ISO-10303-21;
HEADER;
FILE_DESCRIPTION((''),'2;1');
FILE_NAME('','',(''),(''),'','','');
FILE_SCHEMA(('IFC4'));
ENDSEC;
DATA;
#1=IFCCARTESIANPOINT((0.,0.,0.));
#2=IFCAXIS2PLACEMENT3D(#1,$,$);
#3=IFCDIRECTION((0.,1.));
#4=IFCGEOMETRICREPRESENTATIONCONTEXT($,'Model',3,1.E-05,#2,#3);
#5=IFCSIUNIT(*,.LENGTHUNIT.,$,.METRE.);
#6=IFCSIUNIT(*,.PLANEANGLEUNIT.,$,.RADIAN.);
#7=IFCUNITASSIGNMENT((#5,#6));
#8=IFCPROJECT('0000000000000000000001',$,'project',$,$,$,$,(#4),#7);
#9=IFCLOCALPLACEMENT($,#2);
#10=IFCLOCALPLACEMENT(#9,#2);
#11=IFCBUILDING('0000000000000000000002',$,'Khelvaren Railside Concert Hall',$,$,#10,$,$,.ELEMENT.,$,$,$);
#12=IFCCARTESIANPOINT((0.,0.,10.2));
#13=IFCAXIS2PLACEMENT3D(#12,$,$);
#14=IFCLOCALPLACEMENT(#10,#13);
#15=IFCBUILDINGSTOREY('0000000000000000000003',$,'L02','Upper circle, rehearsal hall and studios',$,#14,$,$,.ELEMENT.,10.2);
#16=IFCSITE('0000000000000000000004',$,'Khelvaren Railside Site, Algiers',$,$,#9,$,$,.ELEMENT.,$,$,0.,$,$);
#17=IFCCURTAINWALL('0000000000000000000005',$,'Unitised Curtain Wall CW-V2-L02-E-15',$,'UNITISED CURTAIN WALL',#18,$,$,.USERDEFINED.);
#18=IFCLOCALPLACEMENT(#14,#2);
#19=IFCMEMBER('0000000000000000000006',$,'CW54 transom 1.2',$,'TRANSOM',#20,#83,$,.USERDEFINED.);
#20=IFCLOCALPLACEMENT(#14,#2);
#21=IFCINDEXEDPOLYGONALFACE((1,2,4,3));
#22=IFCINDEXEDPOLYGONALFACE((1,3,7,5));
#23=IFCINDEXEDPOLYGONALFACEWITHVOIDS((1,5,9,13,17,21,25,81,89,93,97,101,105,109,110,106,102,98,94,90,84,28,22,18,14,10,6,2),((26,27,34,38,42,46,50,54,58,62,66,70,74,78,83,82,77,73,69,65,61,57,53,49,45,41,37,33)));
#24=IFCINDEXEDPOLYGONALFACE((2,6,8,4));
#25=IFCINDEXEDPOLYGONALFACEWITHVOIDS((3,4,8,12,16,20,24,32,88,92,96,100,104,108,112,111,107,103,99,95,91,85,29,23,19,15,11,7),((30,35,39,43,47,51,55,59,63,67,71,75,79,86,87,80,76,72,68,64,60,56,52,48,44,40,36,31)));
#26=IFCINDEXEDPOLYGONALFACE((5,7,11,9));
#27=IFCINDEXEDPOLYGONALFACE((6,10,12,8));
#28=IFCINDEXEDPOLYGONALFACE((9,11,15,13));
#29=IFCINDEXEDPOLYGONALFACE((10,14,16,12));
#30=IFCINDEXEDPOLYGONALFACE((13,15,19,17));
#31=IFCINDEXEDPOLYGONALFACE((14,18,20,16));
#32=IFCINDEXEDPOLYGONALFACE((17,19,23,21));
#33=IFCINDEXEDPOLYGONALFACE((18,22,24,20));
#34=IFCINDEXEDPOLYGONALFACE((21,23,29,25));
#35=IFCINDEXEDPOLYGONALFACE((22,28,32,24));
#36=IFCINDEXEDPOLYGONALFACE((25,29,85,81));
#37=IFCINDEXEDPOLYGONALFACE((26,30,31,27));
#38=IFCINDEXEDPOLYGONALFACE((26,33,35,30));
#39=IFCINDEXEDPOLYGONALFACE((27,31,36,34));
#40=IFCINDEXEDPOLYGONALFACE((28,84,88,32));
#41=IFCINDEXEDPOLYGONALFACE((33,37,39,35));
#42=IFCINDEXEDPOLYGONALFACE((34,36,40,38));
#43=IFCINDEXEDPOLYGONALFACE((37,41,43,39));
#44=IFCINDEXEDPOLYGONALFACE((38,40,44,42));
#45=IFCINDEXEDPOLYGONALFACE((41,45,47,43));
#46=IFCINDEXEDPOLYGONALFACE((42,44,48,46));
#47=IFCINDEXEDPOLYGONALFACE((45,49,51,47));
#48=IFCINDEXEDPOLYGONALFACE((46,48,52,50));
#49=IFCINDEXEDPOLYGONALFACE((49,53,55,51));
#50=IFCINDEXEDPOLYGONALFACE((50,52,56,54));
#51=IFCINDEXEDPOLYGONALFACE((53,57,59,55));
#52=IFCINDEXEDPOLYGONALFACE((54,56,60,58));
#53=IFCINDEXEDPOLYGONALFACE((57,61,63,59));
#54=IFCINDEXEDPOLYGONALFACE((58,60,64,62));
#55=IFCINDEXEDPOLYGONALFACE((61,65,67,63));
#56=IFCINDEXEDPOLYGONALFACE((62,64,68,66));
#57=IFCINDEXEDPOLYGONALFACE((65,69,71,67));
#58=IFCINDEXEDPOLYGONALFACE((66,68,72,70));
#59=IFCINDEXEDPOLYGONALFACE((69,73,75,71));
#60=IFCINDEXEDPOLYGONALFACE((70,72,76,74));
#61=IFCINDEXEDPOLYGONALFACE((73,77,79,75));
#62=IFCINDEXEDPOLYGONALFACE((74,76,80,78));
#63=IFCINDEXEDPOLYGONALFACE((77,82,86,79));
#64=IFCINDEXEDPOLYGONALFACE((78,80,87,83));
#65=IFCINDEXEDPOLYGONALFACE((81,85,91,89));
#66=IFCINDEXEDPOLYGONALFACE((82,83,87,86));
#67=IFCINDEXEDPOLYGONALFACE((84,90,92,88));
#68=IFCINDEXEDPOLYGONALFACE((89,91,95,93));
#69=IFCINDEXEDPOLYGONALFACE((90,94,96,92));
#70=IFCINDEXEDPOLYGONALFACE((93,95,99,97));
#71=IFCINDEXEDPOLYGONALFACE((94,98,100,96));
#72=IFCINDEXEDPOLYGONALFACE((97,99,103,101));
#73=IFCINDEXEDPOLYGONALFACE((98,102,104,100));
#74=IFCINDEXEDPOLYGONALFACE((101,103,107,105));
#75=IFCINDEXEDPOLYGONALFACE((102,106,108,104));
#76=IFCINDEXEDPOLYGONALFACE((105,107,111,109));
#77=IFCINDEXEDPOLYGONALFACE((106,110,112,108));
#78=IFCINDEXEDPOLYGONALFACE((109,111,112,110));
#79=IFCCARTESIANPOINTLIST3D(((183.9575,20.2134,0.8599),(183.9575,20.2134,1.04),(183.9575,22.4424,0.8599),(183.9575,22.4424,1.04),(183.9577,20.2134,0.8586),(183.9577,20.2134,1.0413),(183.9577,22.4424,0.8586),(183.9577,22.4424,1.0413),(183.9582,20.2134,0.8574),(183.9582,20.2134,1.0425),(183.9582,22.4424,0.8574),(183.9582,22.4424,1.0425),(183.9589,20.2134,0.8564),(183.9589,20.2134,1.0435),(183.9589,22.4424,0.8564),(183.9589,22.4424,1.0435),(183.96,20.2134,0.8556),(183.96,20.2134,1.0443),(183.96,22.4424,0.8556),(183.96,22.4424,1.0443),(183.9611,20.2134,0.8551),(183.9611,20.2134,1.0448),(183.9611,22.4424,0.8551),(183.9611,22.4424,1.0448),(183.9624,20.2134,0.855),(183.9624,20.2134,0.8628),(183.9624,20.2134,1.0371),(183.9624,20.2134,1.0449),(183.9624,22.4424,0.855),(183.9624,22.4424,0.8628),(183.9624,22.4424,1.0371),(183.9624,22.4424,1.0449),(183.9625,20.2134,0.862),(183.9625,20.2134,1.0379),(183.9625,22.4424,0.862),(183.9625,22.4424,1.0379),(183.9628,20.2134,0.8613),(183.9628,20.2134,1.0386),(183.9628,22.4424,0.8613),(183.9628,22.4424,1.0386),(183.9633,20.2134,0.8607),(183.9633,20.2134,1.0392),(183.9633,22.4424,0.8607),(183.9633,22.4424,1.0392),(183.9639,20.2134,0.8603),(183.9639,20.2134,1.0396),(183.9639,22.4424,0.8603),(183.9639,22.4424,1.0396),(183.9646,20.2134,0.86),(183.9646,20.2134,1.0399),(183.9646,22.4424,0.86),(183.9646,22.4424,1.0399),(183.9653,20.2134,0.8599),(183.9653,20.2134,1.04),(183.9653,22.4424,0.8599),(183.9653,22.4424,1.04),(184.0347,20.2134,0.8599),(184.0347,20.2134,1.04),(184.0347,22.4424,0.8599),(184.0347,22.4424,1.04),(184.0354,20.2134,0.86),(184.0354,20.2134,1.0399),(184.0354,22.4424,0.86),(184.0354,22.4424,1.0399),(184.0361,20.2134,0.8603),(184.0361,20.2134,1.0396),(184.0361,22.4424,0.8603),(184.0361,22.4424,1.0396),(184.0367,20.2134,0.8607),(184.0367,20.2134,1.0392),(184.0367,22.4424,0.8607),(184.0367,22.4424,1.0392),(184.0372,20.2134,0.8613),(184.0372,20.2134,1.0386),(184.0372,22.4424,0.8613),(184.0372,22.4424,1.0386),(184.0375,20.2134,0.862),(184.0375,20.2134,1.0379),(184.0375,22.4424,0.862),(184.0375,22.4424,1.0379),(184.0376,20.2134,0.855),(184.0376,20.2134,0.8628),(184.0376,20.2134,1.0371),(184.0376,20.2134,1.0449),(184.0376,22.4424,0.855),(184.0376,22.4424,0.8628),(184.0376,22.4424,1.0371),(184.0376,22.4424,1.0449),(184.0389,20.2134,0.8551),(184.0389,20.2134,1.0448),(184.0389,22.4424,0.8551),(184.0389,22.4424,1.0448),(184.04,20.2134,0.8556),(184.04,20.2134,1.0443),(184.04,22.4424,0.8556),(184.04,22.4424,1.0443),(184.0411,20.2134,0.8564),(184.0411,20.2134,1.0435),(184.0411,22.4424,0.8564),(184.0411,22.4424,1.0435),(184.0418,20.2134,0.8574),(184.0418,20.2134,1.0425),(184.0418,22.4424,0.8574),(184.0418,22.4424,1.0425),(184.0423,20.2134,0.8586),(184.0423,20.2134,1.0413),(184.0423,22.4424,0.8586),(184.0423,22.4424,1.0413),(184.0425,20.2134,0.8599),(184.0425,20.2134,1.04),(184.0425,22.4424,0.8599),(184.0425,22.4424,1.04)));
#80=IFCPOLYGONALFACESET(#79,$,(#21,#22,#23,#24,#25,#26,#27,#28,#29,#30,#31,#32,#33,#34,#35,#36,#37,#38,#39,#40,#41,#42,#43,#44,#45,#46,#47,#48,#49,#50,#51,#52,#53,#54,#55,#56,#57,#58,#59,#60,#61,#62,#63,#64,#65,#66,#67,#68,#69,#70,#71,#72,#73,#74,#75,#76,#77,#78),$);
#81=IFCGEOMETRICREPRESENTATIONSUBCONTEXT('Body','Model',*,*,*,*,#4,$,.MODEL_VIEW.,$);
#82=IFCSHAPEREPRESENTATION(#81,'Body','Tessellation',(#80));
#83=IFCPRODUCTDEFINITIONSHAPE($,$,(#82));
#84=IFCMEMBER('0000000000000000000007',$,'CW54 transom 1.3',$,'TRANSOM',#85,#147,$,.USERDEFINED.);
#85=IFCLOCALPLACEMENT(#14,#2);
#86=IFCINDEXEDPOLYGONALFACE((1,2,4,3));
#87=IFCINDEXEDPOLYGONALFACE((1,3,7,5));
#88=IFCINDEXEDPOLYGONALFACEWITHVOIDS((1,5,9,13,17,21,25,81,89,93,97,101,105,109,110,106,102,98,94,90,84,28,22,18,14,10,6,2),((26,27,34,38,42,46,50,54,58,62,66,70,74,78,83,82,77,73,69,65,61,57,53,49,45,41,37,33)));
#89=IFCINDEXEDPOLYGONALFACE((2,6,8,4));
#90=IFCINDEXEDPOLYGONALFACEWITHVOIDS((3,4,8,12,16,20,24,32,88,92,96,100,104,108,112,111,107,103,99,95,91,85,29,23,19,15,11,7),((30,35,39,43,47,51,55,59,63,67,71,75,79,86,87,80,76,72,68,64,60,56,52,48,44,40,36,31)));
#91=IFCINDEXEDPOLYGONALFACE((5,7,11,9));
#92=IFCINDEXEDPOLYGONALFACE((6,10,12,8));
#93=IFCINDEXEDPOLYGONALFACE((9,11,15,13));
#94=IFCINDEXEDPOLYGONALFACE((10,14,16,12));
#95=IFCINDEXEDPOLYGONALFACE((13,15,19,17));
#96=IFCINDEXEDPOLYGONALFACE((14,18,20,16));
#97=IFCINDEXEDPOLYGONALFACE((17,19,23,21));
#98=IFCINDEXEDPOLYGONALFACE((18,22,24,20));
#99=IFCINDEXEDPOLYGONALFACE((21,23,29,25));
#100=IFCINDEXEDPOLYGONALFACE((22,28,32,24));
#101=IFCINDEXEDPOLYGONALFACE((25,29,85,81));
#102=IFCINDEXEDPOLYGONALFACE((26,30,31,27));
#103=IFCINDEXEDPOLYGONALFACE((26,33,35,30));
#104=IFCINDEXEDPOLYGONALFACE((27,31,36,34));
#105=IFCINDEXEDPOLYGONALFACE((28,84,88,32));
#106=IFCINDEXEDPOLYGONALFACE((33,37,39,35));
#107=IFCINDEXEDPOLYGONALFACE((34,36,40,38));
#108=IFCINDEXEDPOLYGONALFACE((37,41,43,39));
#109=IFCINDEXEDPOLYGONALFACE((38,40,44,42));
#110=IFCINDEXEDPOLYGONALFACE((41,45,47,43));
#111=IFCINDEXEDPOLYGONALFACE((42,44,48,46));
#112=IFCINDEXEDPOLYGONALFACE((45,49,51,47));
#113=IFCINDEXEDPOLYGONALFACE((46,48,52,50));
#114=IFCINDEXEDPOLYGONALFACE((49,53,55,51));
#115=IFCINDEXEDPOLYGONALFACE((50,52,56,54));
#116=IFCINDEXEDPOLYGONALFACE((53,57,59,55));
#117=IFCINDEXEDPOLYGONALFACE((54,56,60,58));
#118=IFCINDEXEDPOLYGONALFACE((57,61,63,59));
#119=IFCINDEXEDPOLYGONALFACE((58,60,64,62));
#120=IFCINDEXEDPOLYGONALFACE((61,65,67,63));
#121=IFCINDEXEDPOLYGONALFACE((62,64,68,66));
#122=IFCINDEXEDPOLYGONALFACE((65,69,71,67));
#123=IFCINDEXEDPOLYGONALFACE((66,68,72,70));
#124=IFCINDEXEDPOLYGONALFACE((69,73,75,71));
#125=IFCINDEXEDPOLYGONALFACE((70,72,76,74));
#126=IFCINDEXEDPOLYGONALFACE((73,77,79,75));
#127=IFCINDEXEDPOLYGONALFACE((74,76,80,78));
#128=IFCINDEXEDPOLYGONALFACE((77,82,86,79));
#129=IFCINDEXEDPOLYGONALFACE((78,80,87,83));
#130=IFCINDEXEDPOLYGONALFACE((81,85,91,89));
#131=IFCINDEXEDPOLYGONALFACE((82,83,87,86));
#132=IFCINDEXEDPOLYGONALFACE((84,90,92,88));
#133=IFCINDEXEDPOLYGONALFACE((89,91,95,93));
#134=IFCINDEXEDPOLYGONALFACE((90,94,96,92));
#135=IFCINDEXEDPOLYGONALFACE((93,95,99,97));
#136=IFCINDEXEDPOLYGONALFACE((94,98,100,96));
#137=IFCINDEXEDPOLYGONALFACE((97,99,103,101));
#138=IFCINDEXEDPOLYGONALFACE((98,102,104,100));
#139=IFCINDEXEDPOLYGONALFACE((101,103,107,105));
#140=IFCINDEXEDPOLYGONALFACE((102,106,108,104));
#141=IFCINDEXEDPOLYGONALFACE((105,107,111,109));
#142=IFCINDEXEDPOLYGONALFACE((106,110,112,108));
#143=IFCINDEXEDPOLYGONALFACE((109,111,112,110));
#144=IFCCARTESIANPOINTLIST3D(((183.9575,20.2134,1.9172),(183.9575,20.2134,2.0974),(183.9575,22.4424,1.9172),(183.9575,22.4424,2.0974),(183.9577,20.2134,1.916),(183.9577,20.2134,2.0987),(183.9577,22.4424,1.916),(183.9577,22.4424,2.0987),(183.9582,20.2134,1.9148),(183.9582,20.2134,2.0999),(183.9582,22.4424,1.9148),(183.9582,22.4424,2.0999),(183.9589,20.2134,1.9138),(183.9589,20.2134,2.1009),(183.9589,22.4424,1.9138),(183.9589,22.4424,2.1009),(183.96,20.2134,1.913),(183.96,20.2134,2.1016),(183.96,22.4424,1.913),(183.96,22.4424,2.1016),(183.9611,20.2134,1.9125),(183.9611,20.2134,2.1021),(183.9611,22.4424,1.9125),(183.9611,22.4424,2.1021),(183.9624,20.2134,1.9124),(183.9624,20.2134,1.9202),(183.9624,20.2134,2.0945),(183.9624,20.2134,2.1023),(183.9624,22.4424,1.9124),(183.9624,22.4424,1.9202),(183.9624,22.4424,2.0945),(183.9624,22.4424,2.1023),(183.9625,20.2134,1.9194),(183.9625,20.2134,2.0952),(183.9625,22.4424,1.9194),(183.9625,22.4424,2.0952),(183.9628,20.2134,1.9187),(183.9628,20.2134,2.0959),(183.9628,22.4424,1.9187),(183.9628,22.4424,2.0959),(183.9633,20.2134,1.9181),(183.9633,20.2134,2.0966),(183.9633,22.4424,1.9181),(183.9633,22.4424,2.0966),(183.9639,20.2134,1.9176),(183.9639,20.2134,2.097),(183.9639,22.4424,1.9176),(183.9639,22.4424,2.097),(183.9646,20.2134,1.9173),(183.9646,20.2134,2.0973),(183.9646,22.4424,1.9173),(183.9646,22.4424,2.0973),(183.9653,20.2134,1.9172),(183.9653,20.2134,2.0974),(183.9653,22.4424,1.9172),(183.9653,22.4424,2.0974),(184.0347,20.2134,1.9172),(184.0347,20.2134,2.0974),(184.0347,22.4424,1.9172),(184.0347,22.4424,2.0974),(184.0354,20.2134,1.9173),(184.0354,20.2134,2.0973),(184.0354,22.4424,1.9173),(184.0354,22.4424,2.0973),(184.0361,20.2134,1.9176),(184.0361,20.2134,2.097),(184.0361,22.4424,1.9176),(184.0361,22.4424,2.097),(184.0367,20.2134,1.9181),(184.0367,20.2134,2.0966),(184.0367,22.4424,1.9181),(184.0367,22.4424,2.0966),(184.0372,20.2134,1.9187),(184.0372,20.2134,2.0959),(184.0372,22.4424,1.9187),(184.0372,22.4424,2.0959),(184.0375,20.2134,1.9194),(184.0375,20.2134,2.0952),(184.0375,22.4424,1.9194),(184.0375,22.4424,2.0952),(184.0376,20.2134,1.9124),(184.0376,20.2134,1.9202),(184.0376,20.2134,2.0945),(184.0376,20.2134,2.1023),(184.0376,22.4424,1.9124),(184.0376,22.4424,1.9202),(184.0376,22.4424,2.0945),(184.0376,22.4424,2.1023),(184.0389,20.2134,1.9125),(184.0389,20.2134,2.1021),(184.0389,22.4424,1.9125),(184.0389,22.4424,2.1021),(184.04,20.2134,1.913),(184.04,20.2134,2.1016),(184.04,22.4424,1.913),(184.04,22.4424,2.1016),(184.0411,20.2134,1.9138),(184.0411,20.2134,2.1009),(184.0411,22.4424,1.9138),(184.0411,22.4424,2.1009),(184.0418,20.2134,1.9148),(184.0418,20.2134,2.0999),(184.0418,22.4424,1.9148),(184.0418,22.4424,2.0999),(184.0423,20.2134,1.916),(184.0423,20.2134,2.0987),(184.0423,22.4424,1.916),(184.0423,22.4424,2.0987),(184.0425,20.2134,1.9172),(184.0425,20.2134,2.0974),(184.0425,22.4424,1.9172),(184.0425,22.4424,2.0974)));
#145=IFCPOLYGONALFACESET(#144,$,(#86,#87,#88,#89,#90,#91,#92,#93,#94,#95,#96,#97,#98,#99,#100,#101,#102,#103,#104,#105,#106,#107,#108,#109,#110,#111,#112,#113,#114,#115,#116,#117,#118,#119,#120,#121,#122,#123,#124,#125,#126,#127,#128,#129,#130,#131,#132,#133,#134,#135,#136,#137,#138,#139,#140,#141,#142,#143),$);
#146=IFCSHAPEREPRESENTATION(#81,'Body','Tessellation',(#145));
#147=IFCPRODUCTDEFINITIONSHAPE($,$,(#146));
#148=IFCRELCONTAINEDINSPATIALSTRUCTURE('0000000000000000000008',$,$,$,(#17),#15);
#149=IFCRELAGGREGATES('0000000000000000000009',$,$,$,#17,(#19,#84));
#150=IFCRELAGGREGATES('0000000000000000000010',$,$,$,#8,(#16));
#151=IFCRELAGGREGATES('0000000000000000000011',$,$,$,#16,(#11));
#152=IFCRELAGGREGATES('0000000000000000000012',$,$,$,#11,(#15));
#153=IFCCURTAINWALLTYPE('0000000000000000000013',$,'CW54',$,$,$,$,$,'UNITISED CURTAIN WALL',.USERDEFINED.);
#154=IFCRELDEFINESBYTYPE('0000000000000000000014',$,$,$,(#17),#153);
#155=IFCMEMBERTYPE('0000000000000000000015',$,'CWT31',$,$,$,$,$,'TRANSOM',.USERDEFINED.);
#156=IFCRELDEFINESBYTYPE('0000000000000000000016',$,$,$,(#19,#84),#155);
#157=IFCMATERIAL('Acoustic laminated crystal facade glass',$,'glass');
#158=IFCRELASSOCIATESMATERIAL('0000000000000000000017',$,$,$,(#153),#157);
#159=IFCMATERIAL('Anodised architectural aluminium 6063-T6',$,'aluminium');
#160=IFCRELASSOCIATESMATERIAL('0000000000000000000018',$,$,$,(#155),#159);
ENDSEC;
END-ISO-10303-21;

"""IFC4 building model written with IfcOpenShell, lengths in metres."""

from ifc_helpers import new_model, si_unit, direction, frame, origin, origin_2d, place, context, subcontext, project, spatial, hollow_rectangle, extrude, material, material_profile, profile_set, type_object, element, aggregate, save


model = new_model("IFC4")

# Units and contexts
model_context = context("Model", 3, precision=1e-05, world=origin(), true_north=direction((0.0, 1.0)))
body_context = subcontext(model_context, "Body", "Model", "MODEL_VIEW")
ifc_project = project(units=[si_unit("LENGTHUNIT", "METRE"), si_unit("PLANEANGLEUNIT", "RADIAN")], contexts=[model_context])

# Site, building, storey
site_placement = place(None, origin())
site = spatial("IfcSite", under=ifc_project, at=site_placement, Name="Khelvaren Railside Site, Algiers", CompositionType="ELEMENT", RefElevation=0.0)
building_placement = place(site_placement, origin())
building = spatial("IfcBuilding", under=site, at=building_placement, Name="Khelvaren Railside Concert Hall", CompositionType="ELEMENT")
storey_placement = place(building_placement, frame((0.0, 0.0, 10.2)))
storey = spatial("IfcBuildingStorey", under=building, at=storey_placement, Name="L02", Description="Upper circle, rehearsal hall and studios", CompositionType="ELEMENT", Elevation=10.2)

# Curtain wall, members
ifc_material_1 = material(Name="Acoustic laminated crystal facade glass", Category="glass")
curtain_wall_type = type_object("IfcCurtainWallType", Name="CW54", ElementType="UNITISED CURTAIN WALL", PredefinedType="USERDEFINED", material=ifc_material_1)
curtain_wall_placement = place(storey_placement, origin())
curtain_wall = element("IfcCurtainWall", 1, at=curtain_wall_placement, inside=storey, type_object=curtain_wall_type, Name="Unitised Curtain Wall CW-V2-L02-E-15", ObjectType="UNITISED CURTAIN WALL", PredefinedType="USERDEFINED")
ifc_material_2 = material(Name="Anodised architectural aluminium 6063-T6", Category="aluminium")
ifc_material_profile_1 = material_profile(ifc_material_2, hollow_rectangle(XDim=0.085, YDim=0.1899, WallThickness=0.0049, InnerFilletRadius=0.0029, OuterFilletRadius=0.0049, at=origin_2d()), Name="CWT 85x190x5")
ifc_profile_set_1 = profile_set([ifc_material_profile_1], Name="Anodised architectural aluminium 6063-T6")
member_type_1 = type_object("IfcMemberType", Name="CWT31", ElementType="TRANSOM", PredefinedType="USERDEFINED", material=ifc_profile_set_1)
member_1_placement = place(storey_placement, frame((184.0, 22.4424, 0.95), z_axis=(0.0, -1.0, 0.0), x_axis=(1.0, 0.0, 0.0)))
member_1 = element("IfcMember", 2, at=member_1_placement, type_object=member_type_1, Name="CW54 transom 1.2", ObjectType="TRANSOM", PredefinedType="USERDEFINED", context=body_context, shape_type="SweptSolid", body=[
    extrude(hollow_rectangle(XDim=0.085, YDim=0.1899, WallThickness=0.0049, InnerFilletRadius=0.0029, OuterFilletRadius=0.0049, at=origin_2d()), origin(), (0.0, 0.0, 1.0), 2.229),
])
member_2_placement = place(storey_placement, frame((184.0, 22.4424, 2.0073), z_axis=(0.0, -1.0, 0.0), x_axis=(1.0, 0.0, 0.0)))
member_2 = element("IfcMember", 3, at=member_2_placement, type_object=member_type_1, Name="CW54 transom 1.3", ObjectType="TRANSOM", PredefinedType="USERDEFINED", context=body_context, shape_type="SweptSolid", body=[
    extrude(hollow_rectangle(XDim=0.085, YDim=0.1899, WallThickness=0.0049, InnerFilletRadius=0.0029, OuterFilletRadius=0.0049, at=origin_2d()), origin(), (0.0, 0.0, 1.0), 2.229),
])
aggregate(curtain_wall, [member_1, member_2])

save(model, "model.ifc")
